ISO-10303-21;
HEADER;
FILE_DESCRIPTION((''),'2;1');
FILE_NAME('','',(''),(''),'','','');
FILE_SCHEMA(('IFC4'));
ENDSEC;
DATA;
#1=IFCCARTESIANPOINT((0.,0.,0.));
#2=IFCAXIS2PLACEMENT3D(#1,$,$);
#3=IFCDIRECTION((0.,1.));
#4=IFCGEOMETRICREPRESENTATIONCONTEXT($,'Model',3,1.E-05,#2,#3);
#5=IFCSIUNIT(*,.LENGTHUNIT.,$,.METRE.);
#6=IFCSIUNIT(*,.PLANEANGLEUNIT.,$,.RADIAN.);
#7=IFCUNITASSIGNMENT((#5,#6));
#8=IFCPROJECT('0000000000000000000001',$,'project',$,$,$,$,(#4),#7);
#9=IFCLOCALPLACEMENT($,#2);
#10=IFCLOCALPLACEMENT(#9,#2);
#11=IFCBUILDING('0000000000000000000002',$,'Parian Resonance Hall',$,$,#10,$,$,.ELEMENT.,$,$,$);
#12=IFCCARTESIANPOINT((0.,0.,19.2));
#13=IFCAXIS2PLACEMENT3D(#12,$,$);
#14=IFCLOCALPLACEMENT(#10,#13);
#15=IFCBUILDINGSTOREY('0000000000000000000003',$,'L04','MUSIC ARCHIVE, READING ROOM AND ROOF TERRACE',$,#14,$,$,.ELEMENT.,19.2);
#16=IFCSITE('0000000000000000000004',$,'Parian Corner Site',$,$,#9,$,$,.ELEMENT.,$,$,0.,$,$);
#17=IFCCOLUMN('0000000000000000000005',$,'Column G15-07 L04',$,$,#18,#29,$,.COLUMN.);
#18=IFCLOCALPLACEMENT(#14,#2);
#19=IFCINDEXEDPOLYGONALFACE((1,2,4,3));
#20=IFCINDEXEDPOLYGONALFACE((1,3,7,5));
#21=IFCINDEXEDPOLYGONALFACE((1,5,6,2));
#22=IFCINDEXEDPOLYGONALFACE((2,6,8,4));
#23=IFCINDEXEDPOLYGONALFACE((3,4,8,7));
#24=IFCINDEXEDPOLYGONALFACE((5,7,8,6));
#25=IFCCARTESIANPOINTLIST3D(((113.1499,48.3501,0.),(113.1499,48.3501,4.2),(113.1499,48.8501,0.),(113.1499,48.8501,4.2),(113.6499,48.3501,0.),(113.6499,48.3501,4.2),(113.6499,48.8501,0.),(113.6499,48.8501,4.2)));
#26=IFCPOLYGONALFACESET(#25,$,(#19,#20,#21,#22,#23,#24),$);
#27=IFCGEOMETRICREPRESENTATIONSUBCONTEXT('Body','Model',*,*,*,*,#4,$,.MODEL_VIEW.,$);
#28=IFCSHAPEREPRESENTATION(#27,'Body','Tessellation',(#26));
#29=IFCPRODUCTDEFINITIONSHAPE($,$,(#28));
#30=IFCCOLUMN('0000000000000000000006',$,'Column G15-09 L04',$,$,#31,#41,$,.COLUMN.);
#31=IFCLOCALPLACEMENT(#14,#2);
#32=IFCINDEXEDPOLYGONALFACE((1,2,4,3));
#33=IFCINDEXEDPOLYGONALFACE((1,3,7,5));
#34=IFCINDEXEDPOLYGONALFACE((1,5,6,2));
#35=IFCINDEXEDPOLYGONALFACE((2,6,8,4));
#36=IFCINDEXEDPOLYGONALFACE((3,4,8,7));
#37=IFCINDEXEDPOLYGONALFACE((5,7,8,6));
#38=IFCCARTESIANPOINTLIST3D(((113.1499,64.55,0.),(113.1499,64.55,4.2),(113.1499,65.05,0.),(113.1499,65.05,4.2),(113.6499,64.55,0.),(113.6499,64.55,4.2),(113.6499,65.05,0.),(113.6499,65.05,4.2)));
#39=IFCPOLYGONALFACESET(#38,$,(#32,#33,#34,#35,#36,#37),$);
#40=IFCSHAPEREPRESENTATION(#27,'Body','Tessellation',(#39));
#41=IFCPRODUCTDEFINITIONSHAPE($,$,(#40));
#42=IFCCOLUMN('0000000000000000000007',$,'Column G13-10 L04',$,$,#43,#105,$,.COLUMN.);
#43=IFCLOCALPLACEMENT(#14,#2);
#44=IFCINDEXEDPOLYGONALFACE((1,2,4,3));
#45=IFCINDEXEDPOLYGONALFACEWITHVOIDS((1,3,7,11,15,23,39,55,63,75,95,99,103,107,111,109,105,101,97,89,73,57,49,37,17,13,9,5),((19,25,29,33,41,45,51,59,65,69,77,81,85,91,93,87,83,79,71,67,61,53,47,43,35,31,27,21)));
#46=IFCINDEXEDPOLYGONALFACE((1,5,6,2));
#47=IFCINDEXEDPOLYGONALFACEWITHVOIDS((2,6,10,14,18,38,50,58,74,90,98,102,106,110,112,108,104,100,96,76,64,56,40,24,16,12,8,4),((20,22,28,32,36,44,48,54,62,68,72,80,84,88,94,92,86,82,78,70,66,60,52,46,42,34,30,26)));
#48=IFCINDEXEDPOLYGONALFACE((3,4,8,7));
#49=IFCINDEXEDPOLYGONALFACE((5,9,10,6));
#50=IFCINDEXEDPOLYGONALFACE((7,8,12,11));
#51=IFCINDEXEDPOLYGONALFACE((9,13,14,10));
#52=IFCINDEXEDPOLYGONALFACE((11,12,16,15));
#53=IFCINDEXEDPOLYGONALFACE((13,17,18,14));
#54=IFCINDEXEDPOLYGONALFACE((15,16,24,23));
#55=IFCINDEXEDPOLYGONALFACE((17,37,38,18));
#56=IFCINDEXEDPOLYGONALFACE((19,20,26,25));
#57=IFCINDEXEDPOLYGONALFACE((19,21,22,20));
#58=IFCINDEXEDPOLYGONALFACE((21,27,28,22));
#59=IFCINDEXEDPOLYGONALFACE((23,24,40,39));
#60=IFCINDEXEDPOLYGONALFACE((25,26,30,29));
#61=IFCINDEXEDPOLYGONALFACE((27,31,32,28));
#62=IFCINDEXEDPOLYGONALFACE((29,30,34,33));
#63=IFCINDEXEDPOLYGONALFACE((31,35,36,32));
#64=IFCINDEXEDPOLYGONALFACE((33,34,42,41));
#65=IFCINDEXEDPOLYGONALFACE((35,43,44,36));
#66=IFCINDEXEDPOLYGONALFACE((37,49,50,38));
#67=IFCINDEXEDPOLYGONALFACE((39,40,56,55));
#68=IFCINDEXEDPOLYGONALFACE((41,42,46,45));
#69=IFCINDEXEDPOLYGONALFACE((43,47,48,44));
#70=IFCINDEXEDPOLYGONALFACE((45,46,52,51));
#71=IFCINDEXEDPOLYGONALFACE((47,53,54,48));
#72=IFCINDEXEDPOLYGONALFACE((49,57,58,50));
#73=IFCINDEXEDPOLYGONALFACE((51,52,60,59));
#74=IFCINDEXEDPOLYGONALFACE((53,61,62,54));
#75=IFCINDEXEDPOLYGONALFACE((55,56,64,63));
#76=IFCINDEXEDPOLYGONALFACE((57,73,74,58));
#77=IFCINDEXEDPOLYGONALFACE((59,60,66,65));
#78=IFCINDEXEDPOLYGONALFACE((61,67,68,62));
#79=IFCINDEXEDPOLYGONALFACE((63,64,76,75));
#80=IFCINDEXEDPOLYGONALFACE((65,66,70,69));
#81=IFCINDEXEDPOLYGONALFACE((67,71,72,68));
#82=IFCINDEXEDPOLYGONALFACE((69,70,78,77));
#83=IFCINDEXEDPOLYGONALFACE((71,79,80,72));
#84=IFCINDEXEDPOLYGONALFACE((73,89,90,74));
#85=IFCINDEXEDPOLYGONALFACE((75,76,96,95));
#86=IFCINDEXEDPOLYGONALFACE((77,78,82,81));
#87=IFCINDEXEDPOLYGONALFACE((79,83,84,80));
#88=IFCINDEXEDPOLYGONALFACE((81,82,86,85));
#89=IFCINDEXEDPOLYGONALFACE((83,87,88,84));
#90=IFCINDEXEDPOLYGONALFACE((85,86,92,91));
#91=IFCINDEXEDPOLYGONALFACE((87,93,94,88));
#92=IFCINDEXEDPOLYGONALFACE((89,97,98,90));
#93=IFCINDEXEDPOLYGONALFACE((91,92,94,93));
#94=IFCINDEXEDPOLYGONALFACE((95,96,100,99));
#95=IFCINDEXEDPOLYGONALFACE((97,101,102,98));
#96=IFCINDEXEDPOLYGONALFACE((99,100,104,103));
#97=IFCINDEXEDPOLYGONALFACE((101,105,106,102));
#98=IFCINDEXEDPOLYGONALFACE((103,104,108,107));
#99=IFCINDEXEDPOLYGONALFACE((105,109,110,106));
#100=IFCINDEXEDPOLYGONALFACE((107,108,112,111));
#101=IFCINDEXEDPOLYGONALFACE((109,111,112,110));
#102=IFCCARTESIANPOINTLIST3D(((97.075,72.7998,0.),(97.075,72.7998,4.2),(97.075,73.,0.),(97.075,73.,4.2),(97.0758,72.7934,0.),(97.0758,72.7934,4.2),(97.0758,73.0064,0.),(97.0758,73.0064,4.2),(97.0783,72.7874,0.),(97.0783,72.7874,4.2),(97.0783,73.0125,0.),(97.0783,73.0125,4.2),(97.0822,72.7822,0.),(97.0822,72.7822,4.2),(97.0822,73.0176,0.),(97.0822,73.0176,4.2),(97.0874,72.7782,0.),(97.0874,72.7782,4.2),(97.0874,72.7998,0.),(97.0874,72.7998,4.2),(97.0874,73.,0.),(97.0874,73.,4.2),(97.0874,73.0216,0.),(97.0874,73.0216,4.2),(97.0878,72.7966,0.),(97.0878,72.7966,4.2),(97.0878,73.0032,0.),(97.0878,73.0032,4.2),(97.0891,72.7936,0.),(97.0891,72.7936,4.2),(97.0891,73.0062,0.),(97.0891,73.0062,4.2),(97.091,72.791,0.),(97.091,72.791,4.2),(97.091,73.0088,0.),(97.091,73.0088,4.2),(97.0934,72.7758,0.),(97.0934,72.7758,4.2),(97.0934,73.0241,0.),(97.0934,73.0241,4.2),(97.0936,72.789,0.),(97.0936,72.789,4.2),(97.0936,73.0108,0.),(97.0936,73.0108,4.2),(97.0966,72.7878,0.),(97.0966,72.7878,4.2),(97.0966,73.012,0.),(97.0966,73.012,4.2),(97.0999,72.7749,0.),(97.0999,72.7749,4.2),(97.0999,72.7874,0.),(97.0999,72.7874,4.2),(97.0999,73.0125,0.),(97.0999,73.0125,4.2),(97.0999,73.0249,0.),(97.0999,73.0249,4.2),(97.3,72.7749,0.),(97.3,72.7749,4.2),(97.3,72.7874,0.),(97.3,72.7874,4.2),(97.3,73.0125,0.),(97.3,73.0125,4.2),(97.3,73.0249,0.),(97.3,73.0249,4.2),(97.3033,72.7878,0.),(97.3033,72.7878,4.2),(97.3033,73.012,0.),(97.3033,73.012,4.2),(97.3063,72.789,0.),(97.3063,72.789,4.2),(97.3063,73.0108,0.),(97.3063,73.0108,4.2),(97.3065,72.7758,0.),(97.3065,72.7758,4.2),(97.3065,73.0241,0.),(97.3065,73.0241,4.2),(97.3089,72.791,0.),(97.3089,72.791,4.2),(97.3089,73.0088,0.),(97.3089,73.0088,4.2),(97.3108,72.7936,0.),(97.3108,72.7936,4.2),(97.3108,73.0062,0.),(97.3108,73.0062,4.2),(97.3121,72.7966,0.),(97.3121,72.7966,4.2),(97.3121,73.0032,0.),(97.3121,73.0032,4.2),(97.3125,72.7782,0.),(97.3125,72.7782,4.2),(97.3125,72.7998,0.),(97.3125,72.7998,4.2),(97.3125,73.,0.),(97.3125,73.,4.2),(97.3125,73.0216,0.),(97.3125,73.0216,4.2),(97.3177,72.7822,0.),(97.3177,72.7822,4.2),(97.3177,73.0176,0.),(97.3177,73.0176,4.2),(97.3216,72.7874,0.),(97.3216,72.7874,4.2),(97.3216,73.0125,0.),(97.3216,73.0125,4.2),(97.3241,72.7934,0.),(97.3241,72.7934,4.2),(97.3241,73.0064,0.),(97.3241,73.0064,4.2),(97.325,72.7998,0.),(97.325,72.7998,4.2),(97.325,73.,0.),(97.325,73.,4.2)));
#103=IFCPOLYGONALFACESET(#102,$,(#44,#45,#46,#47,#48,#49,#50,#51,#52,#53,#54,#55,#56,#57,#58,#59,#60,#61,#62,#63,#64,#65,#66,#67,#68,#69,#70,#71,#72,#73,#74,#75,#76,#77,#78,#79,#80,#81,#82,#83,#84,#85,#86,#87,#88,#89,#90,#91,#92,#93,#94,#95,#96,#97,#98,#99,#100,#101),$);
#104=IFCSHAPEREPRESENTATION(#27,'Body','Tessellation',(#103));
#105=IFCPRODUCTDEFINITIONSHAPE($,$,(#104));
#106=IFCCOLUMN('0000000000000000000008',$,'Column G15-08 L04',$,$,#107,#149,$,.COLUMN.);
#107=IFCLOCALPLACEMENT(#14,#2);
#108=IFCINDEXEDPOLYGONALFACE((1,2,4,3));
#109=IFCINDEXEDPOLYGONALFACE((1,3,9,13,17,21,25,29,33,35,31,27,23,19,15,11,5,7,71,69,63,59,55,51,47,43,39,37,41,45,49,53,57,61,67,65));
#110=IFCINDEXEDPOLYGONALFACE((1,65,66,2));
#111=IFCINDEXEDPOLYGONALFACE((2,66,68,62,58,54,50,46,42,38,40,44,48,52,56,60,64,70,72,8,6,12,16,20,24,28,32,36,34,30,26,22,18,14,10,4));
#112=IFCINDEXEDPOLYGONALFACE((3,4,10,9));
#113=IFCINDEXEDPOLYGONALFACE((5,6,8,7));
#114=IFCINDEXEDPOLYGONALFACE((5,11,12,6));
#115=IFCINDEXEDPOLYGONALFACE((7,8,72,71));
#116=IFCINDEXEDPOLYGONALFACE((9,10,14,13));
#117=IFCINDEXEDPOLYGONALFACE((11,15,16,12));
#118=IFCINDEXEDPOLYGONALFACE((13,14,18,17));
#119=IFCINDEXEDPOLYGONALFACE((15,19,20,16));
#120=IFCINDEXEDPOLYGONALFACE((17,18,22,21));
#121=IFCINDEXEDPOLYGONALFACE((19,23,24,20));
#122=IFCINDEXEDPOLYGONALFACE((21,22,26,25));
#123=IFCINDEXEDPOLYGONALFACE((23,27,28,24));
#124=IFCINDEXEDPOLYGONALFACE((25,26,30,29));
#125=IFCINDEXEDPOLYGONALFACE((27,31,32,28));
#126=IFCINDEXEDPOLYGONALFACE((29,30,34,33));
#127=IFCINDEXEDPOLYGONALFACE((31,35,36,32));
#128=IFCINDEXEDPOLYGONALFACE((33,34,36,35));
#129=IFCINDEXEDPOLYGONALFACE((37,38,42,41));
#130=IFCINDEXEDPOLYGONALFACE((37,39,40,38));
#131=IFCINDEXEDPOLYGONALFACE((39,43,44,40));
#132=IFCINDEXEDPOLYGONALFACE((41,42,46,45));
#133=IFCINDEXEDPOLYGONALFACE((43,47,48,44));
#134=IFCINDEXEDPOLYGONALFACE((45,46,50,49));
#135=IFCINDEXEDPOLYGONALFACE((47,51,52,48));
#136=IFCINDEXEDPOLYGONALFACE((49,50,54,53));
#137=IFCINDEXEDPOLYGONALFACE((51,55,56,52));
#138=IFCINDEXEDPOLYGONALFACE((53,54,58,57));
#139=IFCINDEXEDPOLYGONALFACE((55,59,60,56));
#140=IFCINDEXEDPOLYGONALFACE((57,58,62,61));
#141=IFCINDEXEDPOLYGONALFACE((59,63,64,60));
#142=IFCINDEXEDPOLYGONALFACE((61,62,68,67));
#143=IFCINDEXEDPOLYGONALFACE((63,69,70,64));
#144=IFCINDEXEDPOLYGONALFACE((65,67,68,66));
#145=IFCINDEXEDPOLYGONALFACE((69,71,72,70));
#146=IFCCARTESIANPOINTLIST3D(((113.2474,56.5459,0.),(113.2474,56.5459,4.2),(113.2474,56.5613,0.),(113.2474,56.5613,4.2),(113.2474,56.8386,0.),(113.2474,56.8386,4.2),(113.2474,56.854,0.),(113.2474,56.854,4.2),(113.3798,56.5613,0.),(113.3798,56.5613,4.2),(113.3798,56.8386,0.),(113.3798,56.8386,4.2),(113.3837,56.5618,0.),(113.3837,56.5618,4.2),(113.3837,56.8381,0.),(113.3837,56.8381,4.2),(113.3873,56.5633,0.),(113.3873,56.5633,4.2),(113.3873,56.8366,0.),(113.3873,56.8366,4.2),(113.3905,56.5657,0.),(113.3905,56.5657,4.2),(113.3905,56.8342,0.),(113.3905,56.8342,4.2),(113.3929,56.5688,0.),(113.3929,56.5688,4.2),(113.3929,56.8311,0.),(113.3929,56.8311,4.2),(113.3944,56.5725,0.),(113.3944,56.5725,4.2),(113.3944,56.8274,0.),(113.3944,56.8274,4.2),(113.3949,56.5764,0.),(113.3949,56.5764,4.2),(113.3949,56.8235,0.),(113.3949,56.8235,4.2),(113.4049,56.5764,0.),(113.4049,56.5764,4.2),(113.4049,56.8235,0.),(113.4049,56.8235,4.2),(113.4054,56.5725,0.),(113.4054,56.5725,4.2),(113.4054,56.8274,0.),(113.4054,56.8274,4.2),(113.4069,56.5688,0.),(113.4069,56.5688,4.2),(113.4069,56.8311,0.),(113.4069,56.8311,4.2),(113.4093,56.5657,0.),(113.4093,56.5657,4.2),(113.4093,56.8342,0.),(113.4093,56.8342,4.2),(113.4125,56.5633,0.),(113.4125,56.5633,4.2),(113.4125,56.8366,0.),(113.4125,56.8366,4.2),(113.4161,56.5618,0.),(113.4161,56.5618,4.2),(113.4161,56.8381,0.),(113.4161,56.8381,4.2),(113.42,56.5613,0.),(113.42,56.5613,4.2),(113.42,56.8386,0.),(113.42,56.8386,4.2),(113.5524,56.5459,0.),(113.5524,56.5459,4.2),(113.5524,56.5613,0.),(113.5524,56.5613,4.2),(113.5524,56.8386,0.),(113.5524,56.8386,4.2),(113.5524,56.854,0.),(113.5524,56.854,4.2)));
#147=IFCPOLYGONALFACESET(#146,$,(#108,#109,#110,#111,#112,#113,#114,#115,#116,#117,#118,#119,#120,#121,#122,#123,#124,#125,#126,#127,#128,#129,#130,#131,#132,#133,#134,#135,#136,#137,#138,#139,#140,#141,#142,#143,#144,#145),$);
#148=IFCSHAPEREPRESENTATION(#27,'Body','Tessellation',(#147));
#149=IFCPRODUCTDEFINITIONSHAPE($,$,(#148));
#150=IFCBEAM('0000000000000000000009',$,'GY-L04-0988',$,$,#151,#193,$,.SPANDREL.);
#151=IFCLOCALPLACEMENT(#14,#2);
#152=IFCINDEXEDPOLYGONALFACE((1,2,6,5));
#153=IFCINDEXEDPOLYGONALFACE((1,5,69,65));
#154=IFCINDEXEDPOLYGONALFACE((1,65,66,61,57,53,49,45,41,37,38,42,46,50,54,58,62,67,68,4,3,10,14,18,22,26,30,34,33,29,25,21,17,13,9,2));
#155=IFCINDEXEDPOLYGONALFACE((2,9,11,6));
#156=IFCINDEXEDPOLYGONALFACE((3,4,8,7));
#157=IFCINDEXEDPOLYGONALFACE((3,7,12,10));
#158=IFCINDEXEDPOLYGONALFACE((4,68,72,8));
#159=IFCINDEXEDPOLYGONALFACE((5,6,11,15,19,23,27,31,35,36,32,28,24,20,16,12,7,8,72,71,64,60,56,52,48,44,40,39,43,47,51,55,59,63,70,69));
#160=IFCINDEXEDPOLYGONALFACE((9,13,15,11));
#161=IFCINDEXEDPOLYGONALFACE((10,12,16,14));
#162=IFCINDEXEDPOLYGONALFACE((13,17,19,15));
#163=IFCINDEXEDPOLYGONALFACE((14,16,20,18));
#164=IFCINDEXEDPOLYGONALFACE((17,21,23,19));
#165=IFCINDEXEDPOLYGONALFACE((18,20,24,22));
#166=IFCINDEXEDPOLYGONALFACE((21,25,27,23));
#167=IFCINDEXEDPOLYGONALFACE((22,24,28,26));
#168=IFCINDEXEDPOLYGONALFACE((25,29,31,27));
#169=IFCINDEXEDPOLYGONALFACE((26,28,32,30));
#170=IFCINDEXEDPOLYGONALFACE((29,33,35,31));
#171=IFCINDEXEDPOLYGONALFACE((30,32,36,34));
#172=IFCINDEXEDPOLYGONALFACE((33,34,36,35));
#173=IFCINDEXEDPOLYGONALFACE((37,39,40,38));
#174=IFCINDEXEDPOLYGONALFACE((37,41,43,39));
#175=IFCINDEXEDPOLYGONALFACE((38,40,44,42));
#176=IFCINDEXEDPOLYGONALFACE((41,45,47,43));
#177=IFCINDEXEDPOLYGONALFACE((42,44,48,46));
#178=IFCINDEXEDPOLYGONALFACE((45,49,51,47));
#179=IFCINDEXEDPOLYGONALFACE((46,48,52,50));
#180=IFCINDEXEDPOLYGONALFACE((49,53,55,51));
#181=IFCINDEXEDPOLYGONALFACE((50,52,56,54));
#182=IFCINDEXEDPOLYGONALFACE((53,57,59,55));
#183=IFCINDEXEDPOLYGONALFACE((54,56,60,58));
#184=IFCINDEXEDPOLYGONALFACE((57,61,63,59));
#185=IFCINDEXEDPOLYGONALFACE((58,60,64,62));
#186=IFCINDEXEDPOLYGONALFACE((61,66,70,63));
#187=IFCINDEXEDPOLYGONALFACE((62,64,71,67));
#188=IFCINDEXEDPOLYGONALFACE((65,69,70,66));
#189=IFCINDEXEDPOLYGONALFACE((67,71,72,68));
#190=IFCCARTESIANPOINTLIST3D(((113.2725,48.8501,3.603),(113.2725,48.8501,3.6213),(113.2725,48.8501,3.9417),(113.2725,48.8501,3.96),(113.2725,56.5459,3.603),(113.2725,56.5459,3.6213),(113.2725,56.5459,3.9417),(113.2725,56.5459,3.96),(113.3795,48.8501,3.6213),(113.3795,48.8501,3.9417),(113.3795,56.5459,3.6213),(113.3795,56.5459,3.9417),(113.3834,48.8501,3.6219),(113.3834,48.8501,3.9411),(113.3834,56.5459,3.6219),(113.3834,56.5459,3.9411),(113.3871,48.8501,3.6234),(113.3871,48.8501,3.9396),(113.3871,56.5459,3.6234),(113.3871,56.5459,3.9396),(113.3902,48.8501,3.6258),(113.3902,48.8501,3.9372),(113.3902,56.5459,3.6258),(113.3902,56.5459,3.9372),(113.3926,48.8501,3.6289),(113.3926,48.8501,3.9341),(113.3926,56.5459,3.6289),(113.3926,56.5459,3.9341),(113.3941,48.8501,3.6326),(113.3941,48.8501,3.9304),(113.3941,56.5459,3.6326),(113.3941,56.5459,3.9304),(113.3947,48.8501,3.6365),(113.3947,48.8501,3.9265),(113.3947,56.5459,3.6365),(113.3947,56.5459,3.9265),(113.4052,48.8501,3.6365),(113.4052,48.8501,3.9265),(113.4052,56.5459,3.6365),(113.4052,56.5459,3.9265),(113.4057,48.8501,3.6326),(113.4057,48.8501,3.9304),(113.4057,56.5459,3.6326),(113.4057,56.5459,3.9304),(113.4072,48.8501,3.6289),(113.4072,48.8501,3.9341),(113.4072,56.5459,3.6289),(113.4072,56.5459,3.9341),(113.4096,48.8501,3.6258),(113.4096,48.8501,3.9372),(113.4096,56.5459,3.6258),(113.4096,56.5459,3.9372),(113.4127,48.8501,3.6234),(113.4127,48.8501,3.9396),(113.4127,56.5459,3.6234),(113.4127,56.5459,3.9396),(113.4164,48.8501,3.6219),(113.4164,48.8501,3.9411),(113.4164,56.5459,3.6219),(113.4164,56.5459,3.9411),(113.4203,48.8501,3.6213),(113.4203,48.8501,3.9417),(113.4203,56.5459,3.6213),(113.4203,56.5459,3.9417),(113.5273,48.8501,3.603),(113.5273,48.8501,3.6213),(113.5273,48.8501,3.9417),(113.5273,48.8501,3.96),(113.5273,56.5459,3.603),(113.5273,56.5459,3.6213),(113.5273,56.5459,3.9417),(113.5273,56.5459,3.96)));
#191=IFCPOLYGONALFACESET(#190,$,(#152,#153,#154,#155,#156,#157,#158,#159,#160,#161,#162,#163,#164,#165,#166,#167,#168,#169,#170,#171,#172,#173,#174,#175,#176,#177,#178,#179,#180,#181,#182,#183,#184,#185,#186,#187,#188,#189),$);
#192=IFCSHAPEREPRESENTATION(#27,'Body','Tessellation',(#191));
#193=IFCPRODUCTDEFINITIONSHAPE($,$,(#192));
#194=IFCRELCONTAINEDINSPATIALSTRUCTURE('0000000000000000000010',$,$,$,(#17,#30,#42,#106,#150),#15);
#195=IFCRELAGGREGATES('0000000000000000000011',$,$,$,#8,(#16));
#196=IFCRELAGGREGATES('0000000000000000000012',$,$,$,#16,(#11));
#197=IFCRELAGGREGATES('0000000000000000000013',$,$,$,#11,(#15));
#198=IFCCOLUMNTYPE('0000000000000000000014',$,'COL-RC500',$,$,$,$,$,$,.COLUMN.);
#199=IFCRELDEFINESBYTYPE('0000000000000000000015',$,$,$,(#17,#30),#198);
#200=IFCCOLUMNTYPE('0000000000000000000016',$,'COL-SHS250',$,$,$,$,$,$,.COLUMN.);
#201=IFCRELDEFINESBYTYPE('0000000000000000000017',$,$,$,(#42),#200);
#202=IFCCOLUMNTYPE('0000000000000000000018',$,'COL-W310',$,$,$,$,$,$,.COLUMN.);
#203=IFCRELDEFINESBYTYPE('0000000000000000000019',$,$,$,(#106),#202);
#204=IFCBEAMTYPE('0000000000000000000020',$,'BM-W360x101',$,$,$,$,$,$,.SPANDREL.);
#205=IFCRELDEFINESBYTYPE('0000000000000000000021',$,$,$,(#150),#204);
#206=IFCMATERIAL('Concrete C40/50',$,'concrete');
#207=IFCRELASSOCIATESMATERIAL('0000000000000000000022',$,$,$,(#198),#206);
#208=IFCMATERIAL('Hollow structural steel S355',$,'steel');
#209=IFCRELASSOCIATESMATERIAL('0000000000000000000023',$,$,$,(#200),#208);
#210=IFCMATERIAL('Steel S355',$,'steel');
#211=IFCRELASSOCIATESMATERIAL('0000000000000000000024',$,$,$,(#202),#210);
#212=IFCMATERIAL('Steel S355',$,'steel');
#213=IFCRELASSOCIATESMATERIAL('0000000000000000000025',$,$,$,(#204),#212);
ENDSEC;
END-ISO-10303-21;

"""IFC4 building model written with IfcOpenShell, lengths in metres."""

from ifc_helpers import new_model, si_unit, direction, frame, origin, origin_2d, place, context, subcontext, project, spatial, rectangle, hollow_rectangle, i_section, extrude, material, material_profile, profile_set, type_object, element, save


model = new_model("IFC4")

# Units and contexts
model_context = context("Model", 3, precision=1e-05, world=origin(), true_north=direction((0.0, 1.0)))
body_context = subcontext(model_context, "Body", "Model", "MODEL_VIEW")
ifc_project = project(units=[si_unit("LENGTHUNIT", "METRE"), si_unit("PLANEANGLEUNIT", "RADIAN")], contexts=[model_context])

# Site, building, storey
site_placement = place(None, origin())
site = spatial("IfcSite", under=ifc_project, at=site_placement, Name="Parian Corner Site", CompositionType="ELEMENT", RefElevation=0.0)
building_placement = place(site_placement, origin())
building = spatial("IfcBuilding", under=site, at=building_placement, Name="Parian Resonance Hall", CompositionType="ELEMENT")
storey_placement = place(building_placement, frame((0.0, 0.0, 19.2)))
storey = spatial("IfcBuildingStorey", under=building, at=storey_placement, Name="L04", Description="MUSIC ARCHIVE, READING ROOM AND ROOF TERRACE", CompositionType="ELEMENT", Elevation=19.2)

# Columns
ifc_material_1 = material(Name="Concrete C40/50", Category="concrete")
ifc_material_profile_1 = material_profile(ifc_material_1, rectangle(XDim=0.5, YDim=0.5, at=origin_2d()), Name="RC-COL-500x500")
ifc_profile_set_1 = profile_set([ifc_material_profile_1], Name="Concrete C40/50")
column_type_1 = type_object("IfcColumnType", Name="COL-RC500", PredefinedType="COLUMN", material=ifc_profile_set_1)
for number, where, z_axis, x_axis, name in (
    (1, (113.3999, 48.6001, 0.0), (0.0, 0.0, 1.0), (1.0, 0.0, 0.0), "Column G15-07 L04"),
    (2, (113.3999, 64.8, 0.0), (0.0, 0.0, 1.0), (1.0, 0.0, 0.0), "Column G15-09 L04"),
):
    element("IfcColumn", number, at=place(storey_placement, frame(where, z_axis=z_axis, x_axis=x_axis)), inside=storey, type_object=column_type_1, Name=name, PredefinedType="COLUMN", context=body_context, shape_type="SweptSolid", body=[
        extrude(rectangle(XDim=0.5, YDim=0.5, at=origin_2d()), origin(), (0.0, 0.0, 1.0), 4.2),
    ])
ifc_material_2 = material(Name="Hollow structural steel S355", Category="steel")
ifc_material_profile_2 = material_profile(ifc_material_2, hollow_rectangle(XDim=0.25, YDim=0.25, WallThickness=0.0125, InnerFilletRadius=0.0125, OuterFilletRadius=0.0249, at=origin_2d()), Name="SHS250x250x12.5")
ifc_profile_set_2 = profile_set([ifc_material_profile_2], Name="Hollow structural steel S355")
column_type_2 = type_object("IfcColumnType", Name="COL-SHS250", PredefinedType="COLUMN", material=ifc_profile_set_2)
column_1_placement = place(storey_placement, frame((97.2, 72.8999, 0.0), z_axis=(0.0, 0.0, 1.0), x_axis=(1.0, 0.0, 0.0)))
element("IfcColumn", 3, at=column_1_placement, inside=storey, type_object=column_type_2, Name="Column G13-10 L04", PredefinedType="COLUMN", context=body_context, shape_type="SweptSolid", body=[
    extrude(hollow_rectangle(XDim=0.25, YDim=0.25, WallThickness=0.0125, InnerFilletRadius=0.0125, OuterFilletRadius=0.0249, at=origin_2d()), origin(), (0.0, 0.0, 1.0), 4.2),
])
ifc_material_3 = material(Name="Steel S355", Category="steel")
ifc_material_profile_3 = material_profile(ifc_material_3, i_section(OverallWidth=0.3049, OverallDepth=0.3081, WebThickness=0.01, FlangeThickness=0.0154, FilletRadius=0.0151, at=origin_2d()), Name="W310x97")
ifc_profile_set_3 = profile_set([ifc_material_profile_3], Name="Steel S355")
column_type_3 = type_object("IfcColumnType", Name="COL-W310", PredefinedType="COLUMN", material=ifc_profile_set_3)
column_2_placement = place(storey_placement, frame((113.3999, 56.7, 0.0), z_axis=(0.0, 0.0, 1.0), x_axis=(1.0, 0.0, 0.0)))
element("IfcColumn", 4, at=column_2_placement, inside=storey, type_object=column_type_3, Name="Column G15-08 L04", PredefinedType="COLUMN", context=body_context, shape_type="SweptSolid", body=[
    extrude(i_section(OverallWidth=0.3049, OverallDepth=0.3081, WebThickness=0.01, FlangeThickness=0.0154, FilletRadius=0.0151, at=origin_2d()), origin(), (0.0, 0.0, 1.0), 4.2),
])

# Beam
ifc_material_4 = material(Name="Steel S355", Category="steel")
ifc_material_profile_4 = material_profile(ifc_material_4, i_section(OverallWidth=0.2549, OverallDepth=0.3569, WebThickness=0.0105, FlangeThickness=0.0183, FilletRadius=0.0151, at=origin_2d()), Name="W360x101")
ifc_profile_set_4 = profile_set([ifc_material_profile_4], Name="Steel S355")
beam_type_1 = type_object("IfcBeamType", Name="BM-W360x101", PredefinedType="SPANDREL", material=ifc_profile_set_4)
beam_1_placement = place(storey_placement, frame((113.3999, 48.8501, 3.7815), z_axis=(0.0, 1.0, 0.0), x_axis=(-1.0, 0.0, 0.0)))
element("IfcBeam", 5, at=beam_1_placement, inside=storey, type_object=beam_type_1, Name="GY-L04-0988", PredefinedType="SPANDREL", context=body_context, shape_type="SweptSolid", body=[
    extrude(i_section(OverallWidth=0.2549, OverallDepth=0.3569, WebThickness=0.0105, FlangeThickness=0.0183, FilletRadius=0.0151, at=origin_2d()), origin(), (0.0, 0.0, 1.0), 7.6958),
])

save(model, "model.ifc")
